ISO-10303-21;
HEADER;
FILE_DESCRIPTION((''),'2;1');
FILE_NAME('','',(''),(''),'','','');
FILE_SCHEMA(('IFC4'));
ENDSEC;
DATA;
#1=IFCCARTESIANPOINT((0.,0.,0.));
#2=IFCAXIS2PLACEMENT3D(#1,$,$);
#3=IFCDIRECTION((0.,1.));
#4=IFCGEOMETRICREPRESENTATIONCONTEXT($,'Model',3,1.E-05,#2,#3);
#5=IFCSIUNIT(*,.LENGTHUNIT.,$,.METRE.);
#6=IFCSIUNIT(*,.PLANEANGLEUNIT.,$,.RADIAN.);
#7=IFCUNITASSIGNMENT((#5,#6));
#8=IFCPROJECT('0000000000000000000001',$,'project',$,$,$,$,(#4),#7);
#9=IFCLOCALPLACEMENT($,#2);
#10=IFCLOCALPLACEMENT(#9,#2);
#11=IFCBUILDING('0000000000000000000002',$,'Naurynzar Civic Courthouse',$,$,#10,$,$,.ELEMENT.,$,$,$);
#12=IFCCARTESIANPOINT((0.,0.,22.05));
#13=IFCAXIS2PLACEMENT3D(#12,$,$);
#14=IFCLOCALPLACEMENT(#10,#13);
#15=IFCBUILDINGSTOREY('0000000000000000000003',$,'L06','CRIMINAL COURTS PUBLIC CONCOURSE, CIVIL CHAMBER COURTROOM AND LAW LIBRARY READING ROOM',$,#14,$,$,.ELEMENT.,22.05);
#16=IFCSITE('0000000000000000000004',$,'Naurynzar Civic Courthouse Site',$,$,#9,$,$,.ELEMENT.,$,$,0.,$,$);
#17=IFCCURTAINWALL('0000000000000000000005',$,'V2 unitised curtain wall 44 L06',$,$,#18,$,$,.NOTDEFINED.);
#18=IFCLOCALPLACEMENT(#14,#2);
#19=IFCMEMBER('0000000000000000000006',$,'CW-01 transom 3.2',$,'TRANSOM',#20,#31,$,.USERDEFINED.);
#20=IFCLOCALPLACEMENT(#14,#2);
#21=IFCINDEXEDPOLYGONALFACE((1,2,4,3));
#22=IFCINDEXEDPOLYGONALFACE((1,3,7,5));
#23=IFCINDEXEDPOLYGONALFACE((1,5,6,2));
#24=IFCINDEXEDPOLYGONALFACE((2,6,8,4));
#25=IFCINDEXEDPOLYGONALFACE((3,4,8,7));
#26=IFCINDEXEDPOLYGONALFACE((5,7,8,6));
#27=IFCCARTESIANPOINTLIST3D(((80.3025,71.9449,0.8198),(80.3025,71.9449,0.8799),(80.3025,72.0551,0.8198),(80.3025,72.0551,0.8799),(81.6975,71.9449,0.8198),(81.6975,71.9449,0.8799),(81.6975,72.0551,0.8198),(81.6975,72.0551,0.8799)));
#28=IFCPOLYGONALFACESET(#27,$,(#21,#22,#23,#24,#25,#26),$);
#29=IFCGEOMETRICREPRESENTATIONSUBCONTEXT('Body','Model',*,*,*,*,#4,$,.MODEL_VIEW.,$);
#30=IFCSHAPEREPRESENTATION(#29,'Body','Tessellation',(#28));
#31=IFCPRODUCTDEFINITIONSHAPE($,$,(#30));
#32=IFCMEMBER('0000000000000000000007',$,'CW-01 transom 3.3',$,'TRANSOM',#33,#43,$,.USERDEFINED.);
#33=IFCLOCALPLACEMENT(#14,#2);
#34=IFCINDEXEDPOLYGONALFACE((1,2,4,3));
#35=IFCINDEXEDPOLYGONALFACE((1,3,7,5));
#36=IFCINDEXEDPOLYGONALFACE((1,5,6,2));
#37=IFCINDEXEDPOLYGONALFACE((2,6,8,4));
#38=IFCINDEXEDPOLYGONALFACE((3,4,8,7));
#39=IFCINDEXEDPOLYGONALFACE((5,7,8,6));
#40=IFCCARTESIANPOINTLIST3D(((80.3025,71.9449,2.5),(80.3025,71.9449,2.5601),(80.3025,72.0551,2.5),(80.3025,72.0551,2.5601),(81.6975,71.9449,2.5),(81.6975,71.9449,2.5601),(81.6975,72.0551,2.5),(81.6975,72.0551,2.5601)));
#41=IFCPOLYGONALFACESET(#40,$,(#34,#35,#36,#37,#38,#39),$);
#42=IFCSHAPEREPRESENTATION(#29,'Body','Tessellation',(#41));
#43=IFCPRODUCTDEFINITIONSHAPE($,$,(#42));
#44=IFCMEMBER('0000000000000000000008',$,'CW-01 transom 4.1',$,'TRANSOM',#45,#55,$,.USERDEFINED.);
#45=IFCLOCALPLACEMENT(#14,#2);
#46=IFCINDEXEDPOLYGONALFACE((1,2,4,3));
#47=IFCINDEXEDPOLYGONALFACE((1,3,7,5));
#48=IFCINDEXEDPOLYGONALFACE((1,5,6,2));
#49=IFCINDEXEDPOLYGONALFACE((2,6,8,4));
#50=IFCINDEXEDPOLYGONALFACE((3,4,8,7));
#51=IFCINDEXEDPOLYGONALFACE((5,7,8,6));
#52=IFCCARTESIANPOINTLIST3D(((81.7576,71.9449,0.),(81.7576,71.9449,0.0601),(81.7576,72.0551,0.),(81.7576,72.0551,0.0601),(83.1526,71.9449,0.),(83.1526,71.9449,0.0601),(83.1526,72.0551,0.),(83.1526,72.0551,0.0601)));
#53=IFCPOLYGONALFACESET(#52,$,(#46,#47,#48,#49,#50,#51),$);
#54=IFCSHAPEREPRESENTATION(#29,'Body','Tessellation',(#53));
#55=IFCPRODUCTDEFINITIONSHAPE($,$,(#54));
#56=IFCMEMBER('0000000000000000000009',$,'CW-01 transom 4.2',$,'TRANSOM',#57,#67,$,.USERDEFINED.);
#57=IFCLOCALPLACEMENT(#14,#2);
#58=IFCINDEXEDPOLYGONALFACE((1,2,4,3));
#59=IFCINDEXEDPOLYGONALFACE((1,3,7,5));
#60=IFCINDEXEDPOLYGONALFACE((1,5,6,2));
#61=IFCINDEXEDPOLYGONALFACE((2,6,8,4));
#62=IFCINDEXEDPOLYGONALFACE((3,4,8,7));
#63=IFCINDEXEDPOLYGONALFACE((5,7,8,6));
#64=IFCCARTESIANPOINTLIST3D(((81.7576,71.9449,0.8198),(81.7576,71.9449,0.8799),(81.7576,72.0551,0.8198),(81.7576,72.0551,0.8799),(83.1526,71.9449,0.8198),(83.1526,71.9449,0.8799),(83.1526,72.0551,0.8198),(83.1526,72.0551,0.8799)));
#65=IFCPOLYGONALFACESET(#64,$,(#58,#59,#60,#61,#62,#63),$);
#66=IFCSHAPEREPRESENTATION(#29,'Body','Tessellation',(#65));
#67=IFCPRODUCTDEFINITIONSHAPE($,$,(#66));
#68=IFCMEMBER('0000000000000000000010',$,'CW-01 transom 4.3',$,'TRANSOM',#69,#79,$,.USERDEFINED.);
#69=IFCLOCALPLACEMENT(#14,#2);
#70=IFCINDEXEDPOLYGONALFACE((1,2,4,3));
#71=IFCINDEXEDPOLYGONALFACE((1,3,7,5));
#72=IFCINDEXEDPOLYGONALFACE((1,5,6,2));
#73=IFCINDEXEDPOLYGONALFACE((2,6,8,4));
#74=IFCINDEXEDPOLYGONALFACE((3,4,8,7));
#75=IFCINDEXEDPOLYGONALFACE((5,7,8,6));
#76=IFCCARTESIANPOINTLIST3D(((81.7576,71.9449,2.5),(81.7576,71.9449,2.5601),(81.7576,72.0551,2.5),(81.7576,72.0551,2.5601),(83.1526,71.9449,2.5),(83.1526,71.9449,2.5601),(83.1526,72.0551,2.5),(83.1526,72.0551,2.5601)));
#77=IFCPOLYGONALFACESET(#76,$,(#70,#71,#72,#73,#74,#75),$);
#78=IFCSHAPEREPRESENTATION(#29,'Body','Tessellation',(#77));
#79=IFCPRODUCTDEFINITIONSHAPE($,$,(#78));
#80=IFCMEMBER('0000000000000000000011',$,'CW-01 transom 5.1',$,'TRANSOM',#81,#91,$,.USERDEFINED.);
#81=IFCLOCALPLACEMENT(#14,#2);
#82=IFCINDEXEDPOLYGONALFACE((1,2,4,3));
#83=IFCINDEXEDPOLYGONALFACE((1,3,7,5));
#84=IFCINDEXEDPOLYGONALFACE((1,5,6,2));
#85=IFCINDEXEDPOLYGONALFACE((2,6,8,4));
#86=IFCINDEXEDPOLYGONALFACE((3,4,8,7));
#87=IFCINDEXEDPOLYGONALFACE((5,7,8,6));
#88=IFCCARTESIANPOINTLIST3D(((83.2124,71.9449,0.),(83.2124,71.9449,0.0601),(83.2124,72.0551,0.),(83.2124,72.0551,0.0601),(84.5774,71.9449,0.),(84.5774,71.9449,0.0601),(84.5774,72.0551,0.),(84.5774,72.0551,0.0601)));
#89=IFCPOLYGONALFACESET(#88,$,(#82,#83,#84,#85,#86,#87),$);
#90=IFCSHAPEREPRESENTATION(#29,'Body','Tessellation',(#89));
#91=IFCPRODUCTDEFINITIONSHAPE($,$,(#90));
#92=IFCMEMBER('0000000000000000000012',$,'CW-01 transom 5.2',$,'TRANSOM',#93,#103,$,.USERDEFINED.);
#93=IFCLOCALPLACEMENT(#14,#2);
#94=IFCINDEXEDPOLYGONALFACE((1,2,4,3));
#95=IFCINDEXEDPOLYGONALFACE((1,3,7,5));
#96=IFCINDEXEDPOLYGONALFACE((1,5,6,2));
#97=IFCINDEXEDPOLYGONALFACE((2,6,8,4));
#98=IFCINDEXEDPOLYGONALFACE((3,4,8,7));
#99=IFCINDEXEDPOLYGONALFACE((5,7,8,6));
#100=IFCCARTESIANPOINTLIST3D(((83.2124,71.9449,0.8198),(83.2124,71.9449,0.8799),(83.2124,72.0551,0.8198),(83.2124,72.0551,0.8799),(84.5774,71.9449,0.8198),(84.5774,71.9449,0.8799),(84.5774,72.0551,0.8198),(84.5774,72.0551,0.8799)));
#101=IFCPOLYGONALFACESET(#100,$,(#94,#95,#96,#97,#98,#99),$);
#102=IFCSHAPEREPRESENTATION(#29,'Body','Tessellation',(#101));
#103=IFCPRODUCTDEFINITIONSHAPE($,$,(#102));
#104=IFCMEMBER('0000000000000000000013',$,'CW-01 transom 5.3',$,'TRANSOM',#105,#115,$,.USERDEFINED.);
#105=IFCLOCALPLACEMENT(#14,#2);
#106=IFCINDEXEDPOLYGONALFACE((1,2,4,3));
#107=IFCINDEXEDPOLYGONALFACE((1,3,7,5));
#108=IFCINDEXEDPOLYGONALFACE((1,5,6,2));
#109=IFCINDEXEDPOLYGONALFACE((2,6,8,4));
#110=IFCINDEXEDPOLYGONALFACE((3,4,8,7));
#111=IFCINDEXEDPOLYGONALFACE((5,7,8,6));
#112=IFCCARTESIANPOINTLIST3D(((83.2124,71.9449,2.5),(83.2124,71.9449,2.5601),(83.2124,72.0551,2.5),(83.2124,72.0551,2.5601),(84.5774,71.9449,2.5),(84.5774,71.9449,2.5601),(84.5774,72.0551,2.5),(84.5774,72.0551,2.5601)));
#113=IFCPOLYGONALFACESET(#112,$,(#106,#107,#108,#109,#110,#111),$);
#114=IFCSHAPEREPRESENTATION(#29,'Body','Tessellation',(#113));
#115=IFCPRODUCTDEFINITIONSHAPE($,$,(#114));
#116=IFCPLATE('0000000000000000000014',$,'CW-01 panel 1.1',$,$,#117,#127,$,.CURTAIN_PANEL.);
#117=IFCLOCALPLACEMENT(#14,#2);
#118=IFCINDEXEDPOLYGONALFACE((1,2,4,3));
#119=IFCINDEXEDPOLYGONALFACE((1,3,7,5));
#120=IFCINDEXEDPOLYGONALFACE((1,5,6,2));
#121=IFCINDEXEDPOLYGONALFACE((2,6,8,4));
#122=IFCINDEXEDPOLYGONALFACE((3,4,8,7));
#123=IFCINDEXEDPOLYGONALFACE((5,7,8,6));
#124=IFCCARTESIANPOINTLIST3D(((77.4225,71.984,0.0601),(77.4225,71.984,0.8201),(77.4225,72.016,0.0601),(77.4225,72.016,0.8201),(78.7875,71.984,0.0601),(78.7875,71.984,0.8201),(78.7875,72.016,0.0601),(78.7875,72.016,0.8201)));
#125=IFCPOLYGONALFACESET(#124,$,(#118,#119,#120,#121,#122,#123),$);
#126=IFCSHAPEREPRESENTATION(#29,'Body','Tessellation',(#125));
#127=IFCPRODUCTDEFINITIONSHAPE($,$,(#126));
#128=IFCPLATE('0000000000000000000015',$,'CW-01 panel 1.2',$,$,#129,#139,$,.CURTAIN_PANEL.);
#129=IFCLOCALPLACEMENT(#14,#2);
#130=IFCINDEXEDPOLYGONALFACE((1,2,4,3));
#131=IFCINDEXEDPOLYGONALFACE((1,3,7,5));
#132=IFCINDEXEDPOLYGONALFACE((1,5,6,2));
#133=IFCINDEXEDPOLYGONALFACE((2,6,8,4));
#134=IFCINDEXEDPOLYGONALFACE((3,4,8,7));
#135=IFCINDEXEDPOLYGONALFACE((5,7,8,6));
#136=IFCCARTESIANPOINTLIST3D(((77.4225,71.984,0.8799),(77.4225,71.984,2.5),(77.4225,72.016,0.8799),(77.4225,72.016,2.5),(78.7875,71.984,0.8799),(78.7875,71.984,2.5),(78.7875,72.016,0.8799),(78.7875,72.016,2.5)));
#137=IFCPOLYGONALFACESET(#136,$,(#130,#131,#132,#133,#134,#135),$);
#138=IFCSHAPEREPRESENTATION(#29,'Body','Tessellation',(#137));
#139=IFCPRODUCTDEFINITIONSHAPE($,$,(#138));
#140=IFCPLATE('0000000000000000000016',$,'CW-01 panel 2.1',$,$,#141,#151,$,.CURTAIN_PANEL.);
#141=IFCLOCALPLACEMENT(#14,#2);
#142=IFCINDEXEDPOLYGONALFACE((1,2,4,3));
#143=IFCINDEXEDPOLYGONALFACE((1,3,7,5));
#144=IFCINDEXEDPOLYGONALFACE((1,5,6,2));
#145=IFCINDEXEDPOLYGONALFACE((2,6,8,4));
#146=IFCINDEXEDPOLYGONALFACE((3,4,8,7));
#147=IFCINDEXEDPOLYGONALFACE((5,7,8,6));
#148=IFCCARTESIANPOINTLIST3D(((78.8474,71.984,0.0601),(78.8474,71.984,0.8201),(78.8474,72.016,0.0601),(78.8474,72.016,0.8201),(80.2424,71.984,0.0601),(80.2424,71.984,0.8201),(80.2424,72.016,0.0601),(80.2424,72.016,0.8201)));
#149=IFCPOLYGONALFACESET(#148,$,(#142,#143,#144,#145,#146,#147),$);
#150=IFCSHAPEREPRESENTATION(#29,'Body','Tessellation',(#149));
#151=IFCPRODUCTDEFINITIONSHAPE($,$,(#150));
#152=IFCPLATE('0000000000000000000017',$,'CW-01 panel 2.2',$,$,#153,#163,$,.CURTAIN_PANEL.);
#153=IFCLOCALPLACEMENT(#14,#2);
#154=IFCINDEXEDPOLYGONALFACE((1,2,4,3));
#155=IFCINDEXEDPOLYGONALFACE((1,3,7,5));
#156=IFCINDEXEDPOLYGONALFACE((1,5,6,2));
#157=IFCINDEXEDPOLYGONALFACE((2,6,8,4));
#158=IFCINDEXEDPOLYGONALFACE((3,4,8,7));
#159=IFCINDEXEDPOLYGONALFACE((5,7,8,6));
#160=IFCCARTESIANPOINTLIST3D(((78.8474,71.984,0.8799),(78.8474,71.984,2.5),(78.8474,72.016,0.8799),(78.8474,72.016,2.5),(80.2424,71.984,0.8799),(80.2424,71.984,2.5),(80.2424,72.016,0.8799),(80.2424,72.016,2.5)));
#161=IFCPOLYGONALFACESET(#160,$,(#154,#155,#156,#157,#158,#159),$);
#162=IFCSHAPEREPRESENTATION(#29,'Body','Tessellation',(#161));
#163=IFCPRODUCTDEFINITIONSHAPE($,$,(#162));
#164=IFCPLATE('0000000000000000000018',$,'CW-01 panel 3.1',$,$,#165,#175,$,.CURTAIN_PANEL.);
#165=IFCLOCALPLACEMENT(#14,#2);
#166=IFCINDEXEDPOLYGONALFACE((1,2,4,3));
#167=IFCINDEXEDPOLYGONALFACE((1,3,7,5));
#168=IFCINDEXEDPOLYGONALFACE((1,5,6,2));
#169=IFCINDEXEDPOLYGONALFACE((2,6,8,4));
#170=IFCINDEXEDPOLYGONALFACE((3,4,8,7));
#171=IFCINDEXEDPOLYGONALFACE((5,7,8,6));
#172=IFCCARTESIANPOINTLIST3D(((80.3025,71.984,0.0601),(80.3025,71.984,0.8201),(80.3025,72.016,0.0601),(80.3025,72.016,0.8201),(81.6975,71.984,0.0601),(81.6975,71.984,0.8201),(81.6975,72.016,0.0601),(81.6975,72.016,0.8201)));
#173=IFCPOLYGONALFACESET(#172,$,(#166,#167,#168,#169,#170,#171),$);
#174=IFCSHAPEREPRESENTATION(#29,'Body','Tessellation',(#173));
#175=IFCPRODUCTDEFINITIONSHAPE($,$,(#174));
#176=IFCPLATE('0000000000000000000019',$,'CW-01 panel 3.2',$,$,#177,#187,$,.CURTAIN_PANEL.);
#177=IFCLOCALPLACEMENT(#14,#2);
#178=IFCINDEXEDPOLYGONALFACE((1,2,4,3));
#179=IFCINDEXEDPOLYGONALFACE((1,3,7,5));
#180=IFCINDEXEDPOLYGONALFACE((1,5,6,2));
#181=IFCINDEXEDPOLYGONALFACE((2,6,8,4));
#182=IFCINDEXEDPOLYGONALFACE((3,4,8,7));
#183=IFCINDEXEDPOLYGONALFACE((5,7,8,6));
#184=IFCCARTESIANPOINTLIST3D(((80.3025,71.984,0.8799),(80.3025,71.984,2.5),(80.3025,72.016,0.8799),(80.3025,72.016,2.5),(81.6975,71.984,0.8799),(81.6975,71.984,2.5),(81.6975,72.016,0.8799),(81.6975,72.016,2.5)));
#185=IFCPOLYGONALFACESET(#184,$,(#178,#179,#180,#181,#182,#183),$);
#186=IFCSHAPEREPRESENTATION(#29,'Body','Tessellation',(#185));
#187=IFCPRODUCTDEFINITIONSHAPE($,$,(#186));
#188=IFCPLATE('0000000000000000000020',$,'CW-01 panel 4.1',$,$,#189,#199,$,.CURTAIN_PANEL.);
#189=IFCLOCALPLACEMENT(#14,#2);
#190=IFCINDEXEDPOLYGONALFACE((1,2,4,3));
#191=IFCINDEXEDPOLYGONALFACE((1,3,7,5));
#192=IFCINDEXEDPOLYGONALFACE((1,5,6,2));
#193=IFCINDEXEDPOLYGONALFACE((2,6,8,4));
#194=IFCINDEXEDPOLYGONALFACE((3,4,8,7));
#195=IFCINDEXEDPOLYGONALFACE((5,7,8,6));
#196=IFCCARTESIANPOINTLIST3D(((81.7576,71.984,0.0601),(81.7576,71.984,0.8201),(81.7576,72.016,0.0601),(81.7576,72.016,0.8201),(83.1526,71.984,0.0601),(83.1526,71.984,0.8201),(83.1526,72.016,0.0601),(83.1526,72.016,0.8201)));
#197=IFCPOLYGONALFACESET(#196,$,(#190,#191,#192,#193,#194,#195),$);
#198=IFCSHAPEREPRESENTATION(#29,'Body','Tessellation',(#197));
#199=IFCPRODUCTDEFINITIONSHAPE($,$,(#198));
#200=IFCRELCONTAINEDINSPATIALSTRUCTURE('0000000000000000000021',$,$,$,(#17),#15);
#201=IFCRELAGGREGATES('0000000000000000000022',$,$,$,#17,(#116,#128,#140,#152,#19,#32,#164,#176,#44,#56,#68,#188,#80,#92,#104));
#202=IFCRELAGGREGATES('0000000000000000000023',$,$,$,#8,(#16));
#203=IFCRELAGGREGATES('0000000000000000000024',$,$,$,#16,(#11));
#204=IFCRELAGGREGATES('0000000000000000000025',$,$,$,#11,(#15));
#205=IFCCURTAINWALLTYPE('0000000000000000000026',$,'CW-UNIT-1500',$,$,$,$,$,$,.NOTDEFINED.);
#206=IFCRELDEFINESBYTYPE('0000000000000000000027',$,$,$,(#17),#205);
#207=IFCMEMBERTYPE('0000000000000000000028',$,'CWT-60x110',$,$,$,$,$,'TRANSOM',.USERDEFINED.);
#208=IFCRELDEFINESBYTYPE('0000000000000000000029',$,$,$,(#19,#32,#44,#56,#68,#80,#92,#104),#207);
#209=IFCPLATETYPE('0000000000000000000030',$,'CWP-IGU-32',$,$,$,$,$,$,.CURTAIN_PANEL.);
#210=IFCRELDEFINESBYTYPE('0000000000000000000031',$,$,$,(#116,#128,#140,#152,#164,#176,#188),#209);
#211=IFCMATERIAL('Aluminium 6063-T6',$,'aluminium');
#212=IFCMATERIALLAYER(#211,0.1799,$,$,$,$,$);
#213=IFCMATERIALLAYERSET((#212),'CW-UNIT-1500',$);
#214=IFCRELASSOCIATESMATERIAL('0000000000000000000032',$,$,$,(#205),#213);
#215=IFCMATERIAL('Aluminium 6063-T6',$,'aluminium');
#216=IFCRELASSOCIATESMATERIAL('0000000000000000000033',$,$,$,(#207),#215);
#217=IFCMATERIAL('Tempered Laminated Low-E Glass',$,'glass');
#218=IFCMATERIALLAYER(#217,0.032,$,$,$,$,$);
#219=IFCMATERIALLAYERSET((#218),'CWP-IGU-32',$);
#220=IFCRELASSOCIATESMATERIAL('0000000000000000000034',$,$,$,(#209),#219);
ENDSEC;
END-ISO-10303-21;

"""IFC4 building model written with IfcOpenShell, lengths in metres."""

from ifc_helpers import new_model, si_unit, direction, frame, origin, origin_2d, place, context, subcontext, project, spatial, rectangle, extrude, material, layer, layer_set, material_profile, profile_set, type_object, element, aggregate, save


model = new_model("IFC4")

# Units and contexts
model_context = context("Model", 3, precision=1e-05, world=origin(), true_north=direction((0.0, 1.0)))
body_context = subcontext(model_context, "Body", "Model", "MODEL_VIEW")
ifc_project = project(units=[si_unit("LENGTHUNIT", "METRE"), si_unit("PLANEANGLEUNIT", "RADIAN")], contexts=[model_context])

# Site, building, storey
site_placement = place(None, origin())
site = spatial("IfcSite", under=ifc_project, at=site_placement, Name="Naurynzar Civic Courthouse Site", CompositionType="ELEMENT", RefElevation=0.0)
building_placement = place(site_placement, origin())
building = spatial("IfcBuilding", under=site, at=building_placement, Name="Naurynzar Civic Courthouse", CompositionType="ELEMENT")
storey_placement = place(building_placement, frame((0.0, 0.0, 22.05)))
storey = spatial("IfcBuildingStorey", under=building, at=storey_placement, Name="L06", Description="CRIMINAL COURTS PUBLIC CONCOURSE, CIVIL CHAMBER COURTROOM AND LAW LIBRARY READING ROOM", CompositionType="ELEMENT", Elevation=22.05)

# Curtain wall, members, plates
ifc_material_1 = material(Name="Aluminium 6063-T6", Category="aluminium")
ifc_layer_1 = layer(ifc_material_1, 0.1799)
ifc_layer_set_1 = layer_set([ifc_layer_1], Name="CW-UNIT-1500")
curtain_wall_type = type_object("IfcCurtainWallType", Name="CW-UNIT-1500", PredefinedType="NOTDEFINED", material=ifc_layer_set_1)
curtain_wall_placement = place(storey_placement, origin())
curtain_wall = element("IfcCurtainWall", 1, at=curtain_wall_placement, inside=storey, type_object=curtain_wall_type, Name="V2 unitised curtain wall 44 L06", PredefinedType="NOTDEFINED")
ifc_material_2 = material(Name="Aluminium 6063-T6", Category="aluminium")
ifc_material_profile_1 = material_profile(ifc_material_2, rectangle(XDim=0.1101, YDim=0.0601, at=origin_2d()), Name="ALU TRANSOM 60x110")
ifc_profile_set_1 = profile_set([ifc_material_profile_1], Name="Aluminium 6063-T6")
member_type_1 = type_object("IfcMemberType", Name="CWT-60x110", ElementType="TRANSOM", PredefinedType="USERDEFINED", material=ifc_profile_set_1)
member_1_placement = place(storey_placement, frame((80.3025, 72.0, 0.8499), z_axis=(1.0, 0.0, 0.0), x_axis=(0.0, 1.0, 0.0)))
member_1 = element("IfcMember", 2, at=member_1_placement, type_object=member_type_1, Name="CW-01 transom 3.2", ObjectType="TRANSOM", PredefinedType="USERDEFINED", context=body_context, shape_type="SweptSolid", body=[
    extrude(rectangle(XDim=0.1101, YDim=0.0601, at=origin_2d()), origin(), (0.0, 0.0, 1.0), 1.395),
])
member_2_placement = place(storey_placement, frame((80.3025, 72.0, 2.53), z_axis=(1.0, 0.0, 0.0), x_axis=(0.0, 1.0, 0.0)))
member_2 = element("IfcMember", 3, at=member_2_placement, type_object=member_type_1, Name="CW-01 transom 3.3", ObjectType="TRANSOM", PredefinedType="USERDEFINED", context=body_context, shape_type="SweptSolid", body=[
    extrude(rectangle(XDim=0.1101, YDim=0.0601, at=origin_2d()), origin(), (0.0, 0.0, 1.0), 1.395),
])
member_3_placement = place(storey_placement, frame((81.7576, 72.0, 0.03), z_axis=(1.0, 0.0, 0.0), x_axis=(0.0, 1.0, 0.0)))
member_3 = element("IfcMember", 4, at=member_3_placement, type_object=member_type_1, Name="CW-01 transom 4.1", ObjectType="TRANSOM", PredefinedType="USERDEFINED", context=body_context, shape_type="SweptSolid", body=[
    extrude(rectangle(XDim=0.1101, YDim=0.0601, at=origin_2d()), origin(), (0.0, 0.0, 1.0), 1.395),
])
member_4_placement = place(storey_placement, frame((81.7576, 72.0, 0.8499), z_axis=(1.0, 0.0, 0.0), x_axis=(0.0, 1.0, 0.0)))
member_4 = element("IfcMember", 5, at=member_4_placement, type_object=member_type_1, Name="CW-01 transom 4.2", ObjectType="TRANSOM", PredefinedType="USERDEFINED", context=body_context, shape_type="SweptSolid", body=[
    extrude(rectangle(XDim=0.1101, YDim=0.0601, at=origin_2d()), origin(), (0.0, 0.0, 1.0), 1.395),
])
member_5_placement = place(storey_placement, frame((81.7576, 72.0, 2.53), z_axis=(1.0, 0.0, 0.0), x_axis=(0.0, 1.0, 0.0)))
member_5 = element("IfcMember", 6, at=member_5_placement, type_object=member_type_1, Name="CW-01 transom 4.3", ObjectType="TRANSOM", PredefinedType="USERDEFINED", context=body_context, shape_type="SweptSolid", body=[
    extrude(rectangle(XDim=0.1101, YDim=0.0601, at=origin_2d()), origin(), (0.0, 0.0, 1.0), 1.395),
])
member_6_placement = place(storey_placement, frame((83.2124, 72.0, 0.03), z_axis=(1.0, 0.0, 0.0), x_axis=(0.0, 1.0, 0.0)))
member_6 = element("IfcMember", 7, at=member_6_placement, type_object=member_type_1, Name="CW-01 transom 5.1", ObjectType="TRANSOM", PredefinedType="USERDEFINED", context=body_context, shape_type="SweptSolid", body=[
    extrude(rectangle(XDim=0.1101, YDim=0.0601, at=origin_2d()), origin(), (0.0, 0.0, 1.0), 1.365),
])
member_7_placement = place(storey_placement, frame((83.2124, 72.0, 0.8499), z_axis=(1.0, 0.0, 0.0), x_axis=(0.0, 1.0, 0.0)))
member_7 = element("IfcMember", 8, at=member_7_placement, type_object=member_type_1, Name="CW-01 transom 5.2", ObjectType="TRANSOM", PredefinedType="USERDEFINED", context=body_context, shape_type="SweptSolid", body=[
    extrude(rectangle(XDim=0.1101, YDim=0.0601, at=origin_2d()), origin(), (0.0, 0.0, 1.0), 1.365),
])
member_8_placement = place(storey_placement, frame((83.2124, 72.0, 2.53), z_axis=(1.0, 0.0, 0.0), x_axis=(0.0, 1.0, 0.0)))
member_8 = element("IfcMember", 9, at=member_8_placement, type_object=member_type_1, Name="CW-01 transom 5.3", ObjectType="TRANSOM", PredefinedType="USERDEFINED", context=body_context, shape_type="SweptSolid", body=[
    extrude(rectangle(XDim=0.1101, YDim=0.0601, at=origin_2d()), origin(), (0.0, 0.0, 1.0), 1.365),
])
ifc_material_3 = material(Name="Tempered Laminated Low-E Glass", Category="glass")
ifc_layer_2 = layer(ifc_material_3, 0.032)
ifc_layer_set_2 = layer_set([ifc_layer_2], Name="CWP-IGU-32")
plate_type = type_object("IfcPlateType", Name="CWP-IGU-32", PredefinedType="CURTAIN_PANEL", material=ifc_layer_set_2)
plate_1_placement = place(storey_placement, frame((78.105, 72.0, 0.0601), z_axis=(0.0, 0.0, 1.0), x_axis=(1.0, 0.0, 0.0)))
plate_1 = element("IfcPlate", 10, at=plate_1_placement, type_object=plate_type, Name="CW-01 panel 1.1", PredefinedType="CURTAIN_PANEL", context=body_context, shape_type="SweptSolid", body=[
    extrude(rectangle(XDim=1.365, YDim=0.032, at=origin_2d()), origin(), (0.0, 0.0, 1.0), 0.76),
])
plate_2_placement = place(storey_placement, frame((78.105, 72.0, 0.8799), z_axis=(0.0, 0.0, 1.0), x_axis=(1.0, 0.0, 0.0)))
plate_2 = element("IfcPlate", 11, at=plate_2_placement, type_object=plate_type, Name="CW-01 panel 1.2", PredefinedType="CURTAIN_PANEL", context=body_context, shape_type="SweptSolid", body=[
    extrude(rectangle(XDim=1.365, YDim=0.032, at=origin_2d()), origin(), (0.0, 0.0, 1.0), 1.6201),
])
plate_3_placement = place(storey_placement, frame((79.5449, 72.0, 0.0601), z_axis=(0.0, 0.0, 1.0), x_axis=(1.0, 0.0, 0.0)))
plate_3 = element("IfcPlate", 12, at=plate_3_placement, type_object=plate_type, Name="CW-01 panel 2.1", PredefinedType="CURTAIN_PANEL", context=body_context, shape_type="SweptSolid", body=[
    extrude(rectangle(XDim=1.395, YDim=0.032, at=origin_2d()), origin(), (0.0, 0.0, 1.0), 0.76),
])
plate_4_placement = place(storey_placement, frame((79.5449, 72.0, 0.8799), z_axis=(0.0, 0.0, 1.0), x_axis=(1.0, 0.0, 0.0)))
plate_4 = element("IfcPlate", 13, at=plate_4_placement, type_object=plate_type, Name="CW-01 panel 2.2", PredefinedType="CURTAIN_PANEL", context=body_context, shape_type="SweptSolid", body=[
    extrude(rectangle(XDim=1.395, YDim=0.032, at=origin_2d()), origin(), (0.0, 0.0, 1.0), 1.6201),
])
plate_5_placement = place(storey_placement, frame((81.0, 72.0, 0.0601), z_axis=(0.0, 0.0, 1.0), x_axis=(1.0, 0.0, 0.0)))
plate_5 = element("IfcPlate", 14, at=plate_5_placement, type_object=plate_type, Name="CW-01 panel 3.1", PredefinedType="CURTAIN_PANEL", context=body_context, shape_type="SweptSolid", body=[
    extrude(rectangle(XDim=1.395, YDim=0.032, at=origin_2d()), origin(), (0.0, 0.0, 1.0), 0.76),
])
plate_6_placement = place(storey_placement, frame((81.0, 72.0, 0.8799), z_axis=(0.0, 0.0, 1.0), x_axis=(1.0, 0.0, 0.0)))
plate_6 = element("IfcPlate", 15, at=plate_6_placement, type_object=plate_type, Name="CW-01 panel 3.2", PredefinedType="CURTAIN_PANEL", context=body_context, shape_type="SweptSolid", body=[
    extrude(rectangle(XDim=1.395, YDim=0.032, at=origin_2d()), origin(), (0.0, 0.0, 1.0), 1.6201),
])
plate_7_placement = place(storey_placement, frame((82.4551, 72.0, 0.0601), z_axis=(0.0, 0.0, 1.0), x_axis=(1.0, 0.0, 0.0)))
plate_7 = element("IfcPlate", 16, at=plate_7_placement, type_object=plate_type, Name="CW-01 panel 4.1", PredefinedType="CURTAIN_PANEL", context=body_context, shape_type="SweptSolid", body=[
    extrude(rectangle(XDim=1.395, YDim=0.032, at=origin_2d()), origin(), (0.0, 0.0, 1.0), 0.76),
])
aggregate(curtain_wall, [plate_1, plate_2, plate_3, plate_4, member_1, member_2, plate_5, plate_6, member_3, member_4, member_5, plate_7, member_6, member_7, member_8])

save(model, "model.ifc")
